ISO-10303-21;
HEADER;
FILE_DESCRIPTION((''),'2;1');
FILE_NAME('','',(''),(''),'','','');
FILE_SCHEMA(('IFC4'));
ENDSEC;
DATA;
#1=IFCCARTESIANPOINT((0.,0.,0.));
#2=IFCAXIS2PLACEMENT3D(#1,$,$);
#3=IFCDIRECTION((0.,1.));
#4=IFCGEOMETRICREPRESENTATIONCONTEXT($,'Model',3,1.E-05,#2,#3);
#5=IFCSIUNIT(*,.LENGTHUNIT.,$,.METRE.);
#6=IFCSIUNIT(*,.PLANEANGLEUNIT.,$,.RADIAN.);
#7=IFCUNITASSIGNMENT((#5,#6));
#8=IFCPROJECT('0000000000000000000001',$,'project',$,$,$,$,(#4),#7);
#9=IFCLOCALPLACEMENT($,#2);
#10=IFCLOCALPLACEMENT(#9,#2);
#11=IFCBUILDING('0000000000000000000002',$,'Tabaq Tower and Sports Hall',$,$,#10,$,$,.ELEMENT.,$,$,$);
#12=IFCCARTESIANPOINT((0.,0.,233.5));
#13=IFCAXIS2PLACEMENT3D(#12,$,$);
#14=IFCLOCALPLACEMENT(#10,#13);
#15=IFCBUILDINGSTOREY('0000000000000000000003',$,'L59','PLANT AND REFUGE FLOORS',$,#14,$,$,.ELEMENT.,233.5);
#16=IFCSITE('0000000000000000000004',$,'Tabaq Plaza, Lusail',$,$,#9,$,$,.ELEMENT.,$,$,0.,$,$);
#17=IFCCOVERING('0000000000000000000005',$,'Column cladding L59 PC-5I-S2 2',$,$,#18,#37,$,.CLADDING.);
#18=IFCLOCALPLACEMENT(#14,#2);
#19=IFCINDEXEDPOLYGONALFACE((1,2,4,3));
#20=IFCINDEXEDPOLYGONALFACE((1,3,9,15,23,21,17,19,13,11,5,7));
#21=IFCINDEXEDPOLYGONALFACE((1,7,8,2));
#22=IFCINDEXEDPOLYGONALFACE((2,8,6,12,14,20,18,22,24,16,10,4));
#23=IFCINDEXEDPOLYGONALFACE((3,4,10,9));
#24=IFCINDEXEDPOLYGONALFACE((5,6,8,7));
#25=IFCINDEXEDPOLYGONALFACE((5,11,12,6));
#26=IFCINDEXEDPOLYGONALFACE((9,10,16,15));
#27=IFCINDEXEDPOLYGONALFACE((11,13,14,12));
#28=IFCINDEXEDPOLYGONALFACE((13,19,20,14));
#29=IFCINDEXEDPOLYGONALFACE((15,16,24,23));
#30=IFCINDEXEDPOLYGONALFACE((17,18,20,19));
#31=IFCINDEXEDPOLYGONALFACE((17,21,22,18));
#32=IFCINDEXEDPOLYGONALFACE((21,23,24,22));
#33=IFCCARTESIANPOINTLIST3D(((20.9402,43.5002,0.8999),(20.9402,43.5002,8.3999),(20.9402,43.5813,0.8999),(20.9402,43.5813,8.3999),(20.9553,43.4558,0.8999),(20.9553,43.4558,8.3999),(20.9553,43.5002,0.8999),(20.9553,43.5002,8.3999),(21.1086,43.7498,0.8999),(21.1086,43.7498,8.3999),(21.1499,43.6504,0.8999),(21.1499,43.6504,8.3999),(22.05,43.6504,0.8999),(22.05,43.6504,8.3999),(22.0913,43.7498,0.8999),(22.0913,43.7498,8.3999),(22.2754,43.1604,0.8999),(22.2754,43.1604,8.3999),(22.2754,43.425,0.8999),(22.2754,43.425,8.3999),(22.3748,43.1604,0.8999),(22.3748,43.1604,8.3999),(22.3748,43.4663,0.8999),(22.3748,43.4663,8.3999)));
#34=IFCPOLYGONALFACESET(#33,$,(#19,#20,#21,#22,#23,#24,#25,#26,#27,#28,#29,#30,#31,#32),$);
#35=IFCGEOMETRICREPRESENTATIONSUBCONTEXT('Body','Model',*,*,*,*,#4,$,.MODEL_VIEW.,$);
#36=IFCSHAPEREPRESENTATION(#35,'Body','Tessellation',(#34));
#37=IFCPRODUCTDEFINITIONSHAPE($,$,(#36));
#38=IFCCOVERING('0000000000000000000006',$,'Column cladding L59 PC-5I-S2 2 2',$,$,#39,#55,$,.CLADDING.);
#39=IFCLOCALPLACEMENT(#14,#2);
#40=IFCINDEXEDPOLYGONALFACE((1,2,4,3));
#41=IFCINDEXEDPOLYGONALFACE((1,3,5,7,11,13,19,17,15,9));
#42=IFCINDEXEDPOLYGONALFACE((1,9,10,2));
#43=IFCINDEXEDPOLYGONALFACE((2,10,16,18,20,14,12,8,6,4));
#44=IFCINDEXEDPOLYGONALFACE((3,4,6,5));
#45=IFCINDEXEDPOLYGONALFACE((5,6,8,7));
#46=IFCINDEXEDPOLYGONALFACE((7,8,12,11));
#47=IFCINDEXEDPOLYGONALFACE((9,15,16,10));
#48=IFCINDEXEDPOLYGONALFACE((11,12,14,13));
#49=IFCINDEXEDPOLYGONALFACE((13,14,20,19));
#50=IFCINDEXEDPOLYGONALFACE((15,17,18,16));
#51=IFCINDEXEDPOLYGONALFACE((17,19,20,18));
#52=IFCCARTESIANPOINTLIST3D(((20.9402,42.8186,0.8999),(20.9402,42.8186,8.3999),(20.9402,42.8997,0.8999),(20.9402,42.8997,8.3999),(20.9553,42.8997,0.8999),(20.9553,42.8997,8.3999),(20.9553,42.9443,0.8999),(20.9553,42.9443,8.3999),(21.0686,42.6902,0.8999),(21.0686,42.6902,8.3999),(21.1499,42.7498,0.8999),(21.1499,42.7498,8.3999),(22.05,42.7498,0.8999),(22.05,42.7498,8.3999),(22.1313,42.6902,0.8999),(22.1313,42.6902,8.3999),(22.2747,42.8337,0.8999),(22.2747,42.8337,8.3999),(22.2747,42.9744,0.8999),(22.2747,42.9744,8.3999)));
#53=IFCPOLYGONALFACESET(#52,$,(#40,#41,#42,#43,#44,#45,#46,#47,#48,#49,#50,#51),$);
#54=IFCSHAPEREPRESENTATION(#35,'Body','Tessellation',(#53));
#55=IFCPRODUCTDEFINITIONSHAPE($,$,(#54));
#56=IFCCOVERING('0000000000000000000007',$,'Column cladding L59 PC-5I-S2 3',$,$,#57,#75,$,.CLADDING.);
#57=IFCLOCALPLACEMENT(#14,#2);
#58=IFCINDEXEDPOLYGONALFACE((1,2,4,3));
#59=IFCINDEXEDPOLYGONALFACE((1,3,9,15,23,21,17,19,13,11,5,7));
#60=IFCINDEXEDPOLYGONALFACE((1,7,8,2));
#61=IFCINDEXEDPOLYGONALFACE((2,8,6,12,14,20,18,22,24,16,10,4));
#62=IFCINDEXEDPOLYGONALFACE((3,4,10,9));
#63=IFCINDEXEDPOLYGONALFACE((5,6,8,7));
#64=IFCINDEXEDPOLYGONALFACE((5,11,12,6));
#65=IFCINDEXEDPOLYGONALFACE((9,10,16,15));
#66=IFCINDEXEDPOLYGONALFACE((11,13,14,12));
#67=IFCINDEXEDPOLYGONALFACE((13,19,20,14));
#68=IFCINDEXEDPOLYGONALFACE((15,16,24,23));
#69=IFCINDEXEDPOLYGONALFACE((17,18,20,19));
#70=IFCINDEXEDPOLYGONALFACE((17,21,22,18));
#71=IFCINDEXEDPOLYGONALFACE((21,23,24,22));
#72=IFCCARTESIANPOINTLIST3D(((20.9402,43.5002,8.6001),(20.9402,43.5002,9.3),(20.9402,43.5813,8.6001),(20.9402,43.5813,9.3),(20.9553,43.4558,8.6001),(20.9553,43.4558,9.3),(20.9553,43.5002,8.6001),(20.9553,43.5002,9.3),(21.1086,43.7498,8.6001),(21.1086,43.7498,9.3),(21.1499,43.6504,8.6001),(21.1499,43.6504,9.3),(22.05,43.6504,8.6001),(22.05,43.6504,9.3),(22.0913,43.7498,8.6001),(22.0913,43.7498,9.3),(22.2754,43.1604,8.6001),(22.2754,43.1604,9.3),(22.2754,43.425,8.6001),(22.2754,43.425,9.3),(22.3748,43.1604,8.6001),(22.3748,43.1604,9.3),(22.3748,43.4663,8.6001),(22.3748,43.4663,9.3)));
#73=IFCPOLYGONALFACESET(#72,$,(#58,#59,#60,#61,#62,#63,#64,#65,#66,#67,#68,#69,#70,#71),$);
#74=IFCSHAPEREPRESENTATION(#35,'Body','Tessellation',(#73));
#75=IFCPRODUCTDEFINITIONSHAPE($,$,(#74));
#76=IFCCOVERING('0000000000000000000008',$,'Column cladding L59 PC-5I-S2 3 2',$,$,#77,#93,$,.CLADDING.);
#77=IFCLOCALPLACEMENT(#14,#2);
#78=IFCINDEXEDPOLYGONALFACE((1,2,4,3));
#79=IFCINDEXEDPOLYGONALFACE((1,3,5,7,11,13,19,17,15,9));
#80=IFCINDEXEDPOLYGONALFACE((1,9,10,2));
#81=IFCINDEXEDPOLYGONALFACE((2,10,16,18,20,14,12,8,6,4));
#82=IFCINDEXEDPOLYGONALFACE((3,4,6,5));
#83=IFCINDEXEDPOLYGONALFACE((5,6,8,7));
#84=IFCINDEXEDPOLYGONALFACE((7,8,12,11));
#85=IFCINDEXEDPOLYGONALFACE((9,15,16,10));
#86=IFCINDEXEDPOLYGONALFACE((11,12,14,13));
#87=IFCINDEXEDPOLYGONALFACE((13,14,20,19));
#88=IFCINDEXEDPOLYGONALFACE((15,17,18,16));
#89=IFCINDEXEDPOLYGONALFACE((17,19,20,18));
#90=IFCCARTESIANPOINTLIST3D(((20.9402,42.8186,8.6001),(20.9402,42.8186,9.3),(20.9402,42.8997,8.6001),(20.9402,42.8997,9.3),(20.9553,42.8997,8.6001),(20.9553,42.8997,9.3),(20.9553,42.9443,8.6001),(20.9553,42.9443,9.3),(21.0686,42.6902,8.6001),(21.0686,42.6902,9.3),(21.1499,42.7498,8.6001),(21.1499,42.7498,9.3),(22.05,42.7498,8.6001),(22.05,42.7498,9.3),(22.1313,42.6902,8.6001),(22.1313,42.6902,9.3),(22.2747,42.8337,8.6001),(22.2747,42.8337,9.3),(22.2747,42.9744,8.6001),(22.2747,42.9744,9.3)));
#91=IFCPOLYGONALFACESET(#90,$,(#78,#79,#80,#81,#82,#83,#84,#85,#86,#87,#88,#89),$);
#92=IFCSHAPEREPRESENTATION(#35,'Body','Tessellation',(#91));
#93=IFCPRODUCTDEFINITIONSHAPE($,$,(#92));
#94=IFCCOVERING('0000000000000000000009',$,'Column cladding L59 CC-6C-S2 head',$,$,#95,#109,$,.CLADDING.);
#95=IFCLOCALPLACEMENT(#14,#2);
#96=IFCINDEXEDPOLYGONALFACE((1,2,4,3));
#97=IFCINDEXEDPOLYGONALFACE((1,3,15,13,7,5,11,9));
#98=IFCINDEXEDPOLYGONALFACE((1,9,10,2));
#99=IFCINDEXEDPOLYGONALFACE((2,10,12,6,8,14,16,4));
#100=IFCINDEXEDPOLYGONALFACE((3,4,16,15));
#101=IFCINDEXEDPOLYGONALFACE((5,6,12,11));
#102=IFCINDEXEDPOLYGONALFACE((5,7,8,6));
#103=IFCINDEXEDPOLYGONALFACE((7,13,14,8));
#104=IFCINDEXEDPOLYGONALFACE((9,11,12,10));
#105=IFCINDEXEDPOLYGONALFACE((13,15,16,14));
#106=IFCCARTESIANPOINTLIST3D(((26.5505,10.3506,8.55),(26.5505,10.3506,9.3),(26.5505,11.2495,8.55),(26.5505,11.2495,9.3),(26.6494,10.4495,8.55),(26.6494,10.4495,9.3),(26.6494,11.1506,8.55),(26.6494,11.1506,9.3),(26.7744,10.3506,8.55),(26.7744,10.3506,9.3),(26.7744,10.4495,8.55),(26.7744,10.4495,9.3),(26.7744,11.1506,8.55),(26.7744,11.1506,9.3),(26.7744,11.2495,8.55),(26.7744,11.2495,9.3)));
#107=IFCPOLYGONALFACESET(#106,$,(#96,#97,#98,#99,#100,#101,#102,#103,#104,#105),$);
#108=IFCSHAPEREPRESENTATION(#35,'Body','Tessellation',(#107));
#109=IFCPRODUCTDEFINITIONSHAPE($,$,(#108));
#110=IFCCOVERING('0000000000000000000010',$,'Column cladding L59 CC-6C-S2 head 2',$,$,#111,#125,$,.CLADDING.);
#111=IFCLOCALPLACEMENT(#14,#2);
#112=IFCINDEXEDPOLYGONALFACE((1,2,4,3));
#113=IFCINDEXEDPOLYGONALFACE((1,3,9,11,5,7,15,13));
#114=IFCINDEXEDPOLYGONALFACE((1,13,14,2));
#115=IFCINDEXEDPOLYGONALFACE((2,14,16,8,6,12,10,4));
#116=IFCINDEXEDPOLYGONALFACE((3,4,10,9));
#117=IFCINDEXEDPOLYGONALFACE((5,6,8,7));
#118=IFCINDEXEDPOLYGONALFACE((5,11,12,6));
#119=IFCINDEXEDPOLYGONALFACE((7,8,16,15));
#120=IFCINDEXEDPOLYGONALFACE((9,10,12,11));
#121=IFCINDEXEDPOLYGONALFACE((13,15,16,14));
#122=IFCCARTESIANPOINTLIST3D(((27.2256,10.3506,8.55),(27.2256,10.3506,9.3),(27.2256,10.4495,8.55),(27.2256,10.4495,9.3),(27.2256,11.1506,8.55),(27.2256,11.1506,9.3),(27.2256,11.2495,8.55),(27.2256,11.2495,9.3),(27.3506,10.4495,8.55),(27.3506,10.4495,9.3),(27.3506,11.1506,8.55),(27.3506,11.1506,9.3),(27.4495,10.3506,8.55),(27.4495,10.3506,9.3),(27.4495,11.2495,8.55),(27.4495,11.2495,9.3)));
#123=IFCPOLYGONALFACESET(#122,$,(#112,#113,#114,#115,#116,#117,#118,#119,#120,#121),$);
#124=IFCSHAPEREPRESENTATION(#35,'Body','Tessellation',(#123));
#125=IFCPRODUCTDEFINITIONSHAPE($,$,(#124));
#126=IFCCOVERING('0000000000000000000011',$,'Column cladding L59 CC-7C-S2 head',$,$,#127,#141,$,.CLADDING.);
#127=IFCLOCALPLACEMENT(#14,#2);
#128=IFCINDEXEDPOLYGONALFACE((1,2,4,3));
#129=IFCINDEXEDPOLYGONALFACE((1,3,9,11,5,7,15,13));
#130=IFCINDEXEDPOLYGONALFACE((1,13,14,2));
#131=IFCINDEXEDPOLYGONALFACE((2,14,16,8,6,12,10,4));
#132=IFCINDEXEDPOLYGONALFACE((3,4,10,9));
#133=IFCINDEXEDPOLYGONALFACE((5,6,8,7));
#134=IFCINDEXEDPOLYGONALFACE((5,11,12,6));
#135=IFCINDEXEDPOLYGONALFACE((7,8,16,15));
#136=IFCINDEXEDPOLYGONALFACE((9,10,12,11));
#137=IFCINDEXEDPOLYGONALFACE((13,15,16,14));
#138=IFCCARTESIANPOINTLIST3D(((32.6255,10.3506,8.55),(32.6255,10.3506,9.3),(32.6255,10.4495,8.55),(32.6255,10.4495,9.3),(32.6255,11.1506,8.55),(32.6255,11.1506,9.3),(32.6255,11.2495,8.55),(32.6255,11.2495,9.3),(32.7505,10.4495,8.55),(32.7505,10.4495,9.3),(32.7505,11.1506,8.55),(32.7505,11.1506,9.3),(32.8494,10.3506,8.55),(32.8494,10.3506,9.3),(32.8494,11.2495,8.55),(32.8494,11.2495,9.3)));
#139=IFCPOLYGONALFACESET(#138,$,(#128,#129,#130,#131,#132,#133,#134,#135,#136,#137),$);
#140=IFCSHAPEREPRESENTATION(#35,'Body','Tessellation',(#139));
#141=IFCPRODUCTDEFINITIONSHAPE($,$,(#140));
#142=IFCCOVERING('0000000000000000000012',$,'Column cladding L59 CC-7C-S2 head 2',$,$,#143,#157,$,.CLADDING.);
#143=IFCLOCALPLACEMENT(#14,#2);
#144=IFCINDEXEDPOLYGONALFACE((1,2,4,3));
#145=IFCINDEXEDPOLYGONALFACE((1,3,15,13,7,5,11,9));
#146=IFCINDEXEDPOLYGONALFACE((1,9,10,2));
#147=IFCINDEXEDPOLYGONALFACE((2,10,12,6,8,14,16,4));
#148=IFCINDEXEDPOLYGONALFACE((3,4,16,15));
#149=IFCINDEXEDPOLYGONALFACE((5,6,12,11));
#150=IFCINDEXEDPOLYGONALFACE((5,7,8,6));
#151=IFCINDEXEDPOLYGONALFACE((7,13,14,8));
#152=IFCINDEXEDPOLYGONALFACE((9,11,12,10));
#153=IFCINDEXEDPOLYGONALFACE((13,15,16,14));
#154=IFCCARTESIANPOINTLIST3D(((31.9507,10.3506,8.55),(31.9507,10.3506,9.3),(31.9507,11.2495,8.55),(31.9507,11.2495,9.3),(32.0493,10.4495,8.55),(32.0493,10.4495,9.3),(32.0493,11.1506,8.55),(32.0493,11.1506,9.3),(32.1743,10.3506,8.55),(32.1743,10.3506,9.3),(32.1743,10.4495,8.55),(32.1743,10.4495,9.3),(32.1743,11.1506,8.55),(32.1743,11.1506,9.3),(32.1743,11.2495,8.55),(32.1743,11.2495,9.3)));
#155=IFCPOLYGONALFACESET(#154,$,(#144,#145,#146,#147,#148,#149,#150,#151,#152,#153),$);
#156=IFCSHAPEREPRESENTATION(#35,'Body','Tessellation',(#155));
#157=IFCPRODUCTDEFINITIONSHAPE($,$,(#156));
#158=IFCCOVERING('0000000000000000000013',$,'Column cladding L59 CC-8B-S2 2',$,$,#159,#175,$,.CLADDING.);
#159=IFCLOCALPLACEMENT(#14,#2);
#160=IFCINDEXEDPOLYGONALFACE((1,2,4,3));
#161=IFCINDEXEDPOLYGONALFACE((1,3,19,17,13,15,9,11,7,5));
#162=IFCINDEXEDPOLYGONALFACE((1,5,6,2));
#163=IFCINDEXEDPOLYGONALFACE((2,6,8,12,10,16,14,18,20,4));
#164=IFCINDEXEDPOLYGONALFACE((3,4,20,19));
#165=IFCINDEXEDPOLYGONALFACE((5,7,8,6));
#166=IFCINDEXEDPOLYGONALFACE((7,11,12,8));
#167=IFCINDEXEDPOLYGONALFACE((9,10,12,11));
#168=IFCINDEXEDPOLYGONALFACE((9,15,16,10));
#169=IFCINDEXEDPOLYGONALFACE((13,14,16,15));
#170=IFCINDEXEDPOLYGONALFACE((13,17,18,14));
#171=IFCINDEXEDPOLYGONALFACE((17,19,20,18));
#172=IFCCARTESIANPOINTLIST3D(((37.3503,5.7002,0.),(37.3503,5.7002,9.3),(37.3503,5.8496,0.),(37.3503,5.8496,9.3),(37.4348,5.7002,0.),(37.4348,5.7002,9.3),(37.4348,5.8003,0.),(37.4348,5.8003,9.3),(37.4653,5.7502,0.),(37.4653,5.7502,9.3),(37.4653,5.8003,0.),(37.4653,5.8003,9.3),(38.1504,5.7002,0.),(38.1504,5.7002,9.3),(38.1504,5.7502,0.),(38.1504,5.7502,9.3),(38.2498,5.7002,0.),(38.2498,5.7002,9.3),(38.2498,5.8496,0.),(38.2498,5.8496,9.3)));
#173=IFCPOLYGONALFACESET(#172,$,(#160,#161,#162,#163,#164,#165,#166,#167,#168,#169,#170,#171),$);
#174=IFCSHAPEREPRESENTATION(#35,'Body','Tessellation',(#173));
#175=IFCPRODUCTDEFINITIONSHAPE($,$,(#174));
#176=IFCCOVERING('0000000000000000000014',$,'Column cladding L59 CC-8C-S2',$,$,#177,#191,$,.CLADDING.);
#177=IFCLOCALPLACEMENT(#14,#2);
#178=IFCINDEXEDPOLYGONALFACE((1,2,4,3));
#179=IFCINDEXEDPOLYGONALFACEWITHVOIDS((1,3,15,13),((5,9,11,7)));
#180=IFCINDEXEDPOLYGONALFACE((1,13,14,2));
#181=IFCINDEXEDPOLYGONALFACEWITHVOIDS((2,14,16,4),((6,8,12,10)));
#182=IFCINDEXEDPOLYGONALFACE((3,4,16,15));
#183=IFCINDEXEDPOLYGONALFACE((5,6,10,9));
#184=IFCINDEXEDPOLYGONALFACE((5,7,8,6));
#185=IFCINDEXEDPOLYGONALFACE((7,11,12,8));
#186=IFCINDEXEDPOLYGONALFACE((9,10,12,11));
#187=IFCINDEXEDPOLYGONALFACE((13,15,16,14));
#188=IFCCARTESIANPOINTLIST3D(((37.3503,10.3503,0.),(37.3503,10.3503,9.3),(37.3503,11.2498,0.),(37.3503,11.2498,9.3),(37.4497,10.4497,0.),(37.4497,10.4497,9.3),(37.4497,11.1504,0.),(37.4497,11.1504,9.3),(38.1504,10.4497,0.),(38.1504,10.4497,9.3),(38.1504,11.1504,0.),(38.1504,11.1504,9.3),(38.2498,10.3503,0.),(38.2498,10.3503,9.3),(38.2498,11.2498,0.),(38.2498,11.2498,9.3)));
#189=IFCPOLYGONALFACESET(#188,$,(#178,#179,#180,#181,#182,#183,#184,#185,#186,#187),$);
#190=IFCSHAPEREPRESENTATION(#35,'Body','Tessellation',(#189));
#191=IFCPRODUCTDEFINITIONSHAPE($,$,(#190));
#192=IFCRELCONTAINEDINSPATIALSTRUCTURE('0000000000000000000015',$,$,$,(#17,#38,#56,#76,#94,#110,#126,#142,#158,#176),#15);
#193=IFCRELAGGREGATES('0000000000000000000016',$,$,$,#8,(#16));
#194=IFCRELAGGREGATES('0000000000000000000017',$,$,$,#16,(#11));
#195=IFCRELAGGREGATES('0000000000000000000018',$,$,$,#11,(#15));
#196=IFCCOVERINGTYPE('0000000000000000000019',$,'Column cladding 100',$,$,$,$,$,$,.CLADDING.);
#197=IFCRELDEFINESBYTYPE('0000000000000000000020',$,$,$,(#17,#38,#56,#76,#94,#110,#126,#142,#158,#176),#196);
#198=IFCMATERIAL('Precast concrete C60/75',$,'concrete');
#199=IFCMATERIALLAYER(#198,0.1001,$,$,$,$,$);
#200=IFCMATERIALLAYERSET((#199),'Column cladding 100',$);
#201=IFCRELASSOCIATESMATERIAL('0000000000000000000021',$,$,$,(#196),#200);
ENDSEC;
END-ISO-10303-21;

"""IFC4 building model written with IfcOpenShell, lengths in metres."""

from ifc_helpers import new_model, si_unit, direction, frame, origin, place, context, subcontext, project, spatial, polyline, outline, extrude, material, layer, layer_set, type_object, element, save


model = new_model("IFC4")

# Units and contexts
model_context = context("Model", 3, precision=1e-05, world=origin(), true_north=direction((0.0, 1.0)))
body_context = subcontext(model_context, "Body", "Model", "MODEL_VIEW")
ifc_project = project(units=[si_unit("LENGTHUNIT", "METRE"), si_unit("PLANEANGLEUNIT", "RADIAN")], contexts=[model_context])

# Site, building, storey
site_placement = place(None, origin())
site = spatial("IfcSite", under=ifc_project, at=site_placement, Name="Tabaq Plaza, Lusail", CompositionType="ELEMENT", RefElevation=0.0)
building_placement = place(site_placement, origin())
building = spatial("IfcBuilding", under=site, at=building_placement, Name="Tabaq Tower and Sports Hall", CompositionType="ELEMENT")
storey_placement = place(building_placement, frame((0.0, 0.0, 233.5)))
storey = spatial("IfcBuildingStorey", under=building, at=storey_placement, Name="L59", Description="PLANT AND REFUGE FLOORS", CompositionType="ELEMENT", Elevation=233.5)

# Coverings
ifc_material_1 = material(Name="Precast concrete C60/75", Category="concrete")
ifc_layer_1 = layer(ifc_material_1, 0.1001)
ifc_layer_set_1 = layer_set([ifc_layer_1], Name="Column cladding 100")
covering_type = type_object("IfcCoveringType", Name="Column cladding 100", PredefinedType="CLADDING", material=ifc_layer_set_1)
covering_1_placement = place(storey_placement, frame((0.0, 0.0, 0.8999)))
element("IfcCovering", 1, at=covering_1_placement, inside=storey, type_object=covering_type, Name="Column cladding L59 PC-5I-S2 2", PredefinedType="CLADDING", context=body_context, shape_type="SweptSolid", body=[
    extrude(outline(polyline([(21.1086, 43.7498), (22.0913, 43.7498), (22.3748, 43.4663), (22.3748, 43.1604), (22.2754, 43.1604), (22.2754, 43.425), (22.05, 43.6504), (21.1499, 43.6504), (20.9553, 43.4558), (20.9553, 43.5002), (20.9402, 43.5002), (20.9402, 43.5813), (21.1086, 43.7498)])), origin(), (0.0, 0.0, 1.0), 7.5),
])
covering_2_placement = place(storey_placement, frame((0.0, 0.0, 0.8999)))
element("IfcCovering", 2, at=covering_2_placement, inside=storey, type_object=covering_type, Name="Column cladding L59 PC-5I-S2 2 2", PredefinedType="CLADDING", context=body_context, shape_type="SweptSolid", body=[
    extrude(outline(polyline([(22.1313, 42.6902), (21.0686, 42.6902), (20.9402, 42.8186), (20.9402, 42.8997), (20.9553, 42.8997), (20.9553, 42.9443), (21.1499, 42.7498), (22.05, 42.7498), (22.2747, 42.9744), (22.2747, 42.8337), (22.1313, 42.6902)])), origin(), (0.0, 0.0, 1.0), 7.5),
])
covering_3_placement = place(storey_placement, frame((0.0, 0.0, 8.6001)))
element("IfcCovering", 3, at=covering_3_placement, inside=storey, type_object=covering_type, Name="Column cladding L59 PC-5I-S2 3", PredefinedType="CLADDING", context=body_context, shape_type="SweptSolid", body=[
    extrude(outline(polyline([(21.1086, 43.7498), (22.0913, 43.7498), (22.3748, 43.4663), (22.3748, 43.1604), (22.2754, 43.1604), (22.2754, 43.425), (22.05, 43.6504), (21.1499, 43.6504), (20.9553, 43.4558), (20.9553, 43.5002), (20.9402, 43.5002), (20.9402, 43.5813), (21.1086, 43.7498)])), origin(), (0.0, 0.0, 1.0), 0.7),
])
covering_4_placement = place(storey_placement, frame((0.0, 0.0, 8.6001)))
element("IfcCovering", 4, at=covering_4_placement, inside=storey, type_object=covering_type, Name="Column cladding L59 PC-5I-S2 3 2", PredefinedType="CLADDING", context=body_context, shape_type="SweptSolid", body=[
    extrude(outline(polyline([(22.1313, 42.6902), (21.0686, 42.6902), (20.9402, 42.8186), (20.9402, 42.8997), (20.9553, 42.8997), (20.9553, 42.9443), (21.1499, 42.7498), (22.05, 42.7498), (22.2747, 42.9744), (22.2747, 42.8337), (22.1313, 42.6902)])), origin(), (0.0, 0.0, 1.0), 0.7),
])
covering_5_placement = place(storey_placement, frame((0.0, 0.0, 8.55)))
element("IfcCovering", 5, at=covering_5_placement, inside=storey, type_object=covering_type, Name="Column cladding L59 CC-6C-S2 head", PredefinedType="CLADDING", context=body_context, shape_type="SweptSolid", body=[
    extrude(outline(polyline([(26.7744, 10.4495), (26.7744, 10.3506), (26.5505, 10.3506), (26.5505, 11.2495), (26.7744, 11.2495), (26.7744, 11.1506), (26.6494, 11.1506), (26.6494, 10.4495), (26.7744, 10.4495)])), origin(), (0.0, 0.0, 1.0), 0.75),
])
covering_6_placement = place(storey_placement, frame((0.0, 0.0, 8.55)))
element("IfcCovering", 6, at=covering_6_placement, inside=storey, type_object=covering_type, Name="Column cladding L59 CC-6C-S2 head 2", PredefinedType="CLADDING", context=body_context, shape_type="SweptSolid", body=[
    extrude(outline(polyline([(27.2256, 10.4495), (27.3506, 10.4495), (27.3506, 11.1506), (27.2256, 11.1506), (27.2256, 11.2495), (27.4495, 11.2495), (27.4495, 10.3506), (27.2256, 10.3506), (27.2256, 10.4495)])), origin(), (0.0, 0.0, 1.0), 0.75),
])
covering_7_placement = place(storey_placement, frame((0.0, 0.0, 8.55)))
element("IfcCovering", 7, at=covering_7_placement, inside=storey, type_object=covering_type, Name="Column cladding L59 CC-7C-S2 head", PredefinedType="CLADDING", context=body_context, shape_type="SweptSolid", body=[
    extrude(outline(polyline([(32.6255, 10.4495), (32.7505, 10.4495), (32.7505, 11.1506), (32.6255, 11.1506), (32.6255, 11.2495), (32.8494, 11.2495), (32.8494, 10.3506), (32.6255, 10.3506), (32.6255, 10.4495)])), origin(), (0.0, 0.0, 1.0), 0.75),
])
covering_8_placement = place(storey_placement, frame((0.0, 0.0, 8.55)))
element("IfcCovering", 8, at=covering_8_placement, inside=storey, type_object=covering_type, Name="Column cladding L59 CC-7C-S2 head 2", PredefinedType="CLADDING", context=body_context, shape_type="SweptSolid", body=[
    extrude(outline(polyline([(32.1743, 10.4495), (32.1743, 10.3506), (31.9507, 10.3506), (31.9507, 11.2495), (32.1743, 11.2495), (32.1743, 11.1506), (32.0493, 11.1506), (32.0493, 10.4495), (32.1743, 10.4495)])), origin(), (0.0, 0.0, 1.0), 0.75),
])
covering_9_placement = place(storey_placement, origin())
element("IfcCovering", 9, at=covering_9_placement, inside=storey, type_object=covering_type, Name="Column cladding L59 CC-8B-S2 2", PredefinedType="CLADDING", context=body_context, shape_type="SweptSolid", body=[
    extrude(outline(polyline([(38.2498, 5.8496), (38.2498, 5.7002), (38.1504, 5.7002), (38.1504, 5.7502), (37.4653, 5.7502), (37.4653, 5.8003), (37.4348, 5.8003), (37.4348, 5.7002), (37.3503, 5.7002), (37.3503, 5.8496), (38.2498, 5.8496)])), origin(), (0.0, 0.0, 1.0), 9.3),
])
covering_10_placement = place(storey_placement, origin())
element("IfcCovering", 10, at=covering_10_placement, inside=storey, type_object=covering_type, Name="Column cladding L59 CC-8C-S2", PredefinedType="CLADDING", context=body_context, shape_type="SweptSolid", body=[
    extrude(outline(polyline([(37.3503, 11.2498), (38.2498, 11.2498), (38.2498, 10.3503), (37.3503, 10.3503), (37.3503, 11.2498)]), holes=[polyline([(38.1504, 10.4497), (38.1504, 11.1504), (37.4497, 11.1504), (37.4497, 10.4497), (38.1504, 10.4497)])]), origin(), (0.0, 0.0, 1.0), 9.3),
])

save(model, "model.ifc")
